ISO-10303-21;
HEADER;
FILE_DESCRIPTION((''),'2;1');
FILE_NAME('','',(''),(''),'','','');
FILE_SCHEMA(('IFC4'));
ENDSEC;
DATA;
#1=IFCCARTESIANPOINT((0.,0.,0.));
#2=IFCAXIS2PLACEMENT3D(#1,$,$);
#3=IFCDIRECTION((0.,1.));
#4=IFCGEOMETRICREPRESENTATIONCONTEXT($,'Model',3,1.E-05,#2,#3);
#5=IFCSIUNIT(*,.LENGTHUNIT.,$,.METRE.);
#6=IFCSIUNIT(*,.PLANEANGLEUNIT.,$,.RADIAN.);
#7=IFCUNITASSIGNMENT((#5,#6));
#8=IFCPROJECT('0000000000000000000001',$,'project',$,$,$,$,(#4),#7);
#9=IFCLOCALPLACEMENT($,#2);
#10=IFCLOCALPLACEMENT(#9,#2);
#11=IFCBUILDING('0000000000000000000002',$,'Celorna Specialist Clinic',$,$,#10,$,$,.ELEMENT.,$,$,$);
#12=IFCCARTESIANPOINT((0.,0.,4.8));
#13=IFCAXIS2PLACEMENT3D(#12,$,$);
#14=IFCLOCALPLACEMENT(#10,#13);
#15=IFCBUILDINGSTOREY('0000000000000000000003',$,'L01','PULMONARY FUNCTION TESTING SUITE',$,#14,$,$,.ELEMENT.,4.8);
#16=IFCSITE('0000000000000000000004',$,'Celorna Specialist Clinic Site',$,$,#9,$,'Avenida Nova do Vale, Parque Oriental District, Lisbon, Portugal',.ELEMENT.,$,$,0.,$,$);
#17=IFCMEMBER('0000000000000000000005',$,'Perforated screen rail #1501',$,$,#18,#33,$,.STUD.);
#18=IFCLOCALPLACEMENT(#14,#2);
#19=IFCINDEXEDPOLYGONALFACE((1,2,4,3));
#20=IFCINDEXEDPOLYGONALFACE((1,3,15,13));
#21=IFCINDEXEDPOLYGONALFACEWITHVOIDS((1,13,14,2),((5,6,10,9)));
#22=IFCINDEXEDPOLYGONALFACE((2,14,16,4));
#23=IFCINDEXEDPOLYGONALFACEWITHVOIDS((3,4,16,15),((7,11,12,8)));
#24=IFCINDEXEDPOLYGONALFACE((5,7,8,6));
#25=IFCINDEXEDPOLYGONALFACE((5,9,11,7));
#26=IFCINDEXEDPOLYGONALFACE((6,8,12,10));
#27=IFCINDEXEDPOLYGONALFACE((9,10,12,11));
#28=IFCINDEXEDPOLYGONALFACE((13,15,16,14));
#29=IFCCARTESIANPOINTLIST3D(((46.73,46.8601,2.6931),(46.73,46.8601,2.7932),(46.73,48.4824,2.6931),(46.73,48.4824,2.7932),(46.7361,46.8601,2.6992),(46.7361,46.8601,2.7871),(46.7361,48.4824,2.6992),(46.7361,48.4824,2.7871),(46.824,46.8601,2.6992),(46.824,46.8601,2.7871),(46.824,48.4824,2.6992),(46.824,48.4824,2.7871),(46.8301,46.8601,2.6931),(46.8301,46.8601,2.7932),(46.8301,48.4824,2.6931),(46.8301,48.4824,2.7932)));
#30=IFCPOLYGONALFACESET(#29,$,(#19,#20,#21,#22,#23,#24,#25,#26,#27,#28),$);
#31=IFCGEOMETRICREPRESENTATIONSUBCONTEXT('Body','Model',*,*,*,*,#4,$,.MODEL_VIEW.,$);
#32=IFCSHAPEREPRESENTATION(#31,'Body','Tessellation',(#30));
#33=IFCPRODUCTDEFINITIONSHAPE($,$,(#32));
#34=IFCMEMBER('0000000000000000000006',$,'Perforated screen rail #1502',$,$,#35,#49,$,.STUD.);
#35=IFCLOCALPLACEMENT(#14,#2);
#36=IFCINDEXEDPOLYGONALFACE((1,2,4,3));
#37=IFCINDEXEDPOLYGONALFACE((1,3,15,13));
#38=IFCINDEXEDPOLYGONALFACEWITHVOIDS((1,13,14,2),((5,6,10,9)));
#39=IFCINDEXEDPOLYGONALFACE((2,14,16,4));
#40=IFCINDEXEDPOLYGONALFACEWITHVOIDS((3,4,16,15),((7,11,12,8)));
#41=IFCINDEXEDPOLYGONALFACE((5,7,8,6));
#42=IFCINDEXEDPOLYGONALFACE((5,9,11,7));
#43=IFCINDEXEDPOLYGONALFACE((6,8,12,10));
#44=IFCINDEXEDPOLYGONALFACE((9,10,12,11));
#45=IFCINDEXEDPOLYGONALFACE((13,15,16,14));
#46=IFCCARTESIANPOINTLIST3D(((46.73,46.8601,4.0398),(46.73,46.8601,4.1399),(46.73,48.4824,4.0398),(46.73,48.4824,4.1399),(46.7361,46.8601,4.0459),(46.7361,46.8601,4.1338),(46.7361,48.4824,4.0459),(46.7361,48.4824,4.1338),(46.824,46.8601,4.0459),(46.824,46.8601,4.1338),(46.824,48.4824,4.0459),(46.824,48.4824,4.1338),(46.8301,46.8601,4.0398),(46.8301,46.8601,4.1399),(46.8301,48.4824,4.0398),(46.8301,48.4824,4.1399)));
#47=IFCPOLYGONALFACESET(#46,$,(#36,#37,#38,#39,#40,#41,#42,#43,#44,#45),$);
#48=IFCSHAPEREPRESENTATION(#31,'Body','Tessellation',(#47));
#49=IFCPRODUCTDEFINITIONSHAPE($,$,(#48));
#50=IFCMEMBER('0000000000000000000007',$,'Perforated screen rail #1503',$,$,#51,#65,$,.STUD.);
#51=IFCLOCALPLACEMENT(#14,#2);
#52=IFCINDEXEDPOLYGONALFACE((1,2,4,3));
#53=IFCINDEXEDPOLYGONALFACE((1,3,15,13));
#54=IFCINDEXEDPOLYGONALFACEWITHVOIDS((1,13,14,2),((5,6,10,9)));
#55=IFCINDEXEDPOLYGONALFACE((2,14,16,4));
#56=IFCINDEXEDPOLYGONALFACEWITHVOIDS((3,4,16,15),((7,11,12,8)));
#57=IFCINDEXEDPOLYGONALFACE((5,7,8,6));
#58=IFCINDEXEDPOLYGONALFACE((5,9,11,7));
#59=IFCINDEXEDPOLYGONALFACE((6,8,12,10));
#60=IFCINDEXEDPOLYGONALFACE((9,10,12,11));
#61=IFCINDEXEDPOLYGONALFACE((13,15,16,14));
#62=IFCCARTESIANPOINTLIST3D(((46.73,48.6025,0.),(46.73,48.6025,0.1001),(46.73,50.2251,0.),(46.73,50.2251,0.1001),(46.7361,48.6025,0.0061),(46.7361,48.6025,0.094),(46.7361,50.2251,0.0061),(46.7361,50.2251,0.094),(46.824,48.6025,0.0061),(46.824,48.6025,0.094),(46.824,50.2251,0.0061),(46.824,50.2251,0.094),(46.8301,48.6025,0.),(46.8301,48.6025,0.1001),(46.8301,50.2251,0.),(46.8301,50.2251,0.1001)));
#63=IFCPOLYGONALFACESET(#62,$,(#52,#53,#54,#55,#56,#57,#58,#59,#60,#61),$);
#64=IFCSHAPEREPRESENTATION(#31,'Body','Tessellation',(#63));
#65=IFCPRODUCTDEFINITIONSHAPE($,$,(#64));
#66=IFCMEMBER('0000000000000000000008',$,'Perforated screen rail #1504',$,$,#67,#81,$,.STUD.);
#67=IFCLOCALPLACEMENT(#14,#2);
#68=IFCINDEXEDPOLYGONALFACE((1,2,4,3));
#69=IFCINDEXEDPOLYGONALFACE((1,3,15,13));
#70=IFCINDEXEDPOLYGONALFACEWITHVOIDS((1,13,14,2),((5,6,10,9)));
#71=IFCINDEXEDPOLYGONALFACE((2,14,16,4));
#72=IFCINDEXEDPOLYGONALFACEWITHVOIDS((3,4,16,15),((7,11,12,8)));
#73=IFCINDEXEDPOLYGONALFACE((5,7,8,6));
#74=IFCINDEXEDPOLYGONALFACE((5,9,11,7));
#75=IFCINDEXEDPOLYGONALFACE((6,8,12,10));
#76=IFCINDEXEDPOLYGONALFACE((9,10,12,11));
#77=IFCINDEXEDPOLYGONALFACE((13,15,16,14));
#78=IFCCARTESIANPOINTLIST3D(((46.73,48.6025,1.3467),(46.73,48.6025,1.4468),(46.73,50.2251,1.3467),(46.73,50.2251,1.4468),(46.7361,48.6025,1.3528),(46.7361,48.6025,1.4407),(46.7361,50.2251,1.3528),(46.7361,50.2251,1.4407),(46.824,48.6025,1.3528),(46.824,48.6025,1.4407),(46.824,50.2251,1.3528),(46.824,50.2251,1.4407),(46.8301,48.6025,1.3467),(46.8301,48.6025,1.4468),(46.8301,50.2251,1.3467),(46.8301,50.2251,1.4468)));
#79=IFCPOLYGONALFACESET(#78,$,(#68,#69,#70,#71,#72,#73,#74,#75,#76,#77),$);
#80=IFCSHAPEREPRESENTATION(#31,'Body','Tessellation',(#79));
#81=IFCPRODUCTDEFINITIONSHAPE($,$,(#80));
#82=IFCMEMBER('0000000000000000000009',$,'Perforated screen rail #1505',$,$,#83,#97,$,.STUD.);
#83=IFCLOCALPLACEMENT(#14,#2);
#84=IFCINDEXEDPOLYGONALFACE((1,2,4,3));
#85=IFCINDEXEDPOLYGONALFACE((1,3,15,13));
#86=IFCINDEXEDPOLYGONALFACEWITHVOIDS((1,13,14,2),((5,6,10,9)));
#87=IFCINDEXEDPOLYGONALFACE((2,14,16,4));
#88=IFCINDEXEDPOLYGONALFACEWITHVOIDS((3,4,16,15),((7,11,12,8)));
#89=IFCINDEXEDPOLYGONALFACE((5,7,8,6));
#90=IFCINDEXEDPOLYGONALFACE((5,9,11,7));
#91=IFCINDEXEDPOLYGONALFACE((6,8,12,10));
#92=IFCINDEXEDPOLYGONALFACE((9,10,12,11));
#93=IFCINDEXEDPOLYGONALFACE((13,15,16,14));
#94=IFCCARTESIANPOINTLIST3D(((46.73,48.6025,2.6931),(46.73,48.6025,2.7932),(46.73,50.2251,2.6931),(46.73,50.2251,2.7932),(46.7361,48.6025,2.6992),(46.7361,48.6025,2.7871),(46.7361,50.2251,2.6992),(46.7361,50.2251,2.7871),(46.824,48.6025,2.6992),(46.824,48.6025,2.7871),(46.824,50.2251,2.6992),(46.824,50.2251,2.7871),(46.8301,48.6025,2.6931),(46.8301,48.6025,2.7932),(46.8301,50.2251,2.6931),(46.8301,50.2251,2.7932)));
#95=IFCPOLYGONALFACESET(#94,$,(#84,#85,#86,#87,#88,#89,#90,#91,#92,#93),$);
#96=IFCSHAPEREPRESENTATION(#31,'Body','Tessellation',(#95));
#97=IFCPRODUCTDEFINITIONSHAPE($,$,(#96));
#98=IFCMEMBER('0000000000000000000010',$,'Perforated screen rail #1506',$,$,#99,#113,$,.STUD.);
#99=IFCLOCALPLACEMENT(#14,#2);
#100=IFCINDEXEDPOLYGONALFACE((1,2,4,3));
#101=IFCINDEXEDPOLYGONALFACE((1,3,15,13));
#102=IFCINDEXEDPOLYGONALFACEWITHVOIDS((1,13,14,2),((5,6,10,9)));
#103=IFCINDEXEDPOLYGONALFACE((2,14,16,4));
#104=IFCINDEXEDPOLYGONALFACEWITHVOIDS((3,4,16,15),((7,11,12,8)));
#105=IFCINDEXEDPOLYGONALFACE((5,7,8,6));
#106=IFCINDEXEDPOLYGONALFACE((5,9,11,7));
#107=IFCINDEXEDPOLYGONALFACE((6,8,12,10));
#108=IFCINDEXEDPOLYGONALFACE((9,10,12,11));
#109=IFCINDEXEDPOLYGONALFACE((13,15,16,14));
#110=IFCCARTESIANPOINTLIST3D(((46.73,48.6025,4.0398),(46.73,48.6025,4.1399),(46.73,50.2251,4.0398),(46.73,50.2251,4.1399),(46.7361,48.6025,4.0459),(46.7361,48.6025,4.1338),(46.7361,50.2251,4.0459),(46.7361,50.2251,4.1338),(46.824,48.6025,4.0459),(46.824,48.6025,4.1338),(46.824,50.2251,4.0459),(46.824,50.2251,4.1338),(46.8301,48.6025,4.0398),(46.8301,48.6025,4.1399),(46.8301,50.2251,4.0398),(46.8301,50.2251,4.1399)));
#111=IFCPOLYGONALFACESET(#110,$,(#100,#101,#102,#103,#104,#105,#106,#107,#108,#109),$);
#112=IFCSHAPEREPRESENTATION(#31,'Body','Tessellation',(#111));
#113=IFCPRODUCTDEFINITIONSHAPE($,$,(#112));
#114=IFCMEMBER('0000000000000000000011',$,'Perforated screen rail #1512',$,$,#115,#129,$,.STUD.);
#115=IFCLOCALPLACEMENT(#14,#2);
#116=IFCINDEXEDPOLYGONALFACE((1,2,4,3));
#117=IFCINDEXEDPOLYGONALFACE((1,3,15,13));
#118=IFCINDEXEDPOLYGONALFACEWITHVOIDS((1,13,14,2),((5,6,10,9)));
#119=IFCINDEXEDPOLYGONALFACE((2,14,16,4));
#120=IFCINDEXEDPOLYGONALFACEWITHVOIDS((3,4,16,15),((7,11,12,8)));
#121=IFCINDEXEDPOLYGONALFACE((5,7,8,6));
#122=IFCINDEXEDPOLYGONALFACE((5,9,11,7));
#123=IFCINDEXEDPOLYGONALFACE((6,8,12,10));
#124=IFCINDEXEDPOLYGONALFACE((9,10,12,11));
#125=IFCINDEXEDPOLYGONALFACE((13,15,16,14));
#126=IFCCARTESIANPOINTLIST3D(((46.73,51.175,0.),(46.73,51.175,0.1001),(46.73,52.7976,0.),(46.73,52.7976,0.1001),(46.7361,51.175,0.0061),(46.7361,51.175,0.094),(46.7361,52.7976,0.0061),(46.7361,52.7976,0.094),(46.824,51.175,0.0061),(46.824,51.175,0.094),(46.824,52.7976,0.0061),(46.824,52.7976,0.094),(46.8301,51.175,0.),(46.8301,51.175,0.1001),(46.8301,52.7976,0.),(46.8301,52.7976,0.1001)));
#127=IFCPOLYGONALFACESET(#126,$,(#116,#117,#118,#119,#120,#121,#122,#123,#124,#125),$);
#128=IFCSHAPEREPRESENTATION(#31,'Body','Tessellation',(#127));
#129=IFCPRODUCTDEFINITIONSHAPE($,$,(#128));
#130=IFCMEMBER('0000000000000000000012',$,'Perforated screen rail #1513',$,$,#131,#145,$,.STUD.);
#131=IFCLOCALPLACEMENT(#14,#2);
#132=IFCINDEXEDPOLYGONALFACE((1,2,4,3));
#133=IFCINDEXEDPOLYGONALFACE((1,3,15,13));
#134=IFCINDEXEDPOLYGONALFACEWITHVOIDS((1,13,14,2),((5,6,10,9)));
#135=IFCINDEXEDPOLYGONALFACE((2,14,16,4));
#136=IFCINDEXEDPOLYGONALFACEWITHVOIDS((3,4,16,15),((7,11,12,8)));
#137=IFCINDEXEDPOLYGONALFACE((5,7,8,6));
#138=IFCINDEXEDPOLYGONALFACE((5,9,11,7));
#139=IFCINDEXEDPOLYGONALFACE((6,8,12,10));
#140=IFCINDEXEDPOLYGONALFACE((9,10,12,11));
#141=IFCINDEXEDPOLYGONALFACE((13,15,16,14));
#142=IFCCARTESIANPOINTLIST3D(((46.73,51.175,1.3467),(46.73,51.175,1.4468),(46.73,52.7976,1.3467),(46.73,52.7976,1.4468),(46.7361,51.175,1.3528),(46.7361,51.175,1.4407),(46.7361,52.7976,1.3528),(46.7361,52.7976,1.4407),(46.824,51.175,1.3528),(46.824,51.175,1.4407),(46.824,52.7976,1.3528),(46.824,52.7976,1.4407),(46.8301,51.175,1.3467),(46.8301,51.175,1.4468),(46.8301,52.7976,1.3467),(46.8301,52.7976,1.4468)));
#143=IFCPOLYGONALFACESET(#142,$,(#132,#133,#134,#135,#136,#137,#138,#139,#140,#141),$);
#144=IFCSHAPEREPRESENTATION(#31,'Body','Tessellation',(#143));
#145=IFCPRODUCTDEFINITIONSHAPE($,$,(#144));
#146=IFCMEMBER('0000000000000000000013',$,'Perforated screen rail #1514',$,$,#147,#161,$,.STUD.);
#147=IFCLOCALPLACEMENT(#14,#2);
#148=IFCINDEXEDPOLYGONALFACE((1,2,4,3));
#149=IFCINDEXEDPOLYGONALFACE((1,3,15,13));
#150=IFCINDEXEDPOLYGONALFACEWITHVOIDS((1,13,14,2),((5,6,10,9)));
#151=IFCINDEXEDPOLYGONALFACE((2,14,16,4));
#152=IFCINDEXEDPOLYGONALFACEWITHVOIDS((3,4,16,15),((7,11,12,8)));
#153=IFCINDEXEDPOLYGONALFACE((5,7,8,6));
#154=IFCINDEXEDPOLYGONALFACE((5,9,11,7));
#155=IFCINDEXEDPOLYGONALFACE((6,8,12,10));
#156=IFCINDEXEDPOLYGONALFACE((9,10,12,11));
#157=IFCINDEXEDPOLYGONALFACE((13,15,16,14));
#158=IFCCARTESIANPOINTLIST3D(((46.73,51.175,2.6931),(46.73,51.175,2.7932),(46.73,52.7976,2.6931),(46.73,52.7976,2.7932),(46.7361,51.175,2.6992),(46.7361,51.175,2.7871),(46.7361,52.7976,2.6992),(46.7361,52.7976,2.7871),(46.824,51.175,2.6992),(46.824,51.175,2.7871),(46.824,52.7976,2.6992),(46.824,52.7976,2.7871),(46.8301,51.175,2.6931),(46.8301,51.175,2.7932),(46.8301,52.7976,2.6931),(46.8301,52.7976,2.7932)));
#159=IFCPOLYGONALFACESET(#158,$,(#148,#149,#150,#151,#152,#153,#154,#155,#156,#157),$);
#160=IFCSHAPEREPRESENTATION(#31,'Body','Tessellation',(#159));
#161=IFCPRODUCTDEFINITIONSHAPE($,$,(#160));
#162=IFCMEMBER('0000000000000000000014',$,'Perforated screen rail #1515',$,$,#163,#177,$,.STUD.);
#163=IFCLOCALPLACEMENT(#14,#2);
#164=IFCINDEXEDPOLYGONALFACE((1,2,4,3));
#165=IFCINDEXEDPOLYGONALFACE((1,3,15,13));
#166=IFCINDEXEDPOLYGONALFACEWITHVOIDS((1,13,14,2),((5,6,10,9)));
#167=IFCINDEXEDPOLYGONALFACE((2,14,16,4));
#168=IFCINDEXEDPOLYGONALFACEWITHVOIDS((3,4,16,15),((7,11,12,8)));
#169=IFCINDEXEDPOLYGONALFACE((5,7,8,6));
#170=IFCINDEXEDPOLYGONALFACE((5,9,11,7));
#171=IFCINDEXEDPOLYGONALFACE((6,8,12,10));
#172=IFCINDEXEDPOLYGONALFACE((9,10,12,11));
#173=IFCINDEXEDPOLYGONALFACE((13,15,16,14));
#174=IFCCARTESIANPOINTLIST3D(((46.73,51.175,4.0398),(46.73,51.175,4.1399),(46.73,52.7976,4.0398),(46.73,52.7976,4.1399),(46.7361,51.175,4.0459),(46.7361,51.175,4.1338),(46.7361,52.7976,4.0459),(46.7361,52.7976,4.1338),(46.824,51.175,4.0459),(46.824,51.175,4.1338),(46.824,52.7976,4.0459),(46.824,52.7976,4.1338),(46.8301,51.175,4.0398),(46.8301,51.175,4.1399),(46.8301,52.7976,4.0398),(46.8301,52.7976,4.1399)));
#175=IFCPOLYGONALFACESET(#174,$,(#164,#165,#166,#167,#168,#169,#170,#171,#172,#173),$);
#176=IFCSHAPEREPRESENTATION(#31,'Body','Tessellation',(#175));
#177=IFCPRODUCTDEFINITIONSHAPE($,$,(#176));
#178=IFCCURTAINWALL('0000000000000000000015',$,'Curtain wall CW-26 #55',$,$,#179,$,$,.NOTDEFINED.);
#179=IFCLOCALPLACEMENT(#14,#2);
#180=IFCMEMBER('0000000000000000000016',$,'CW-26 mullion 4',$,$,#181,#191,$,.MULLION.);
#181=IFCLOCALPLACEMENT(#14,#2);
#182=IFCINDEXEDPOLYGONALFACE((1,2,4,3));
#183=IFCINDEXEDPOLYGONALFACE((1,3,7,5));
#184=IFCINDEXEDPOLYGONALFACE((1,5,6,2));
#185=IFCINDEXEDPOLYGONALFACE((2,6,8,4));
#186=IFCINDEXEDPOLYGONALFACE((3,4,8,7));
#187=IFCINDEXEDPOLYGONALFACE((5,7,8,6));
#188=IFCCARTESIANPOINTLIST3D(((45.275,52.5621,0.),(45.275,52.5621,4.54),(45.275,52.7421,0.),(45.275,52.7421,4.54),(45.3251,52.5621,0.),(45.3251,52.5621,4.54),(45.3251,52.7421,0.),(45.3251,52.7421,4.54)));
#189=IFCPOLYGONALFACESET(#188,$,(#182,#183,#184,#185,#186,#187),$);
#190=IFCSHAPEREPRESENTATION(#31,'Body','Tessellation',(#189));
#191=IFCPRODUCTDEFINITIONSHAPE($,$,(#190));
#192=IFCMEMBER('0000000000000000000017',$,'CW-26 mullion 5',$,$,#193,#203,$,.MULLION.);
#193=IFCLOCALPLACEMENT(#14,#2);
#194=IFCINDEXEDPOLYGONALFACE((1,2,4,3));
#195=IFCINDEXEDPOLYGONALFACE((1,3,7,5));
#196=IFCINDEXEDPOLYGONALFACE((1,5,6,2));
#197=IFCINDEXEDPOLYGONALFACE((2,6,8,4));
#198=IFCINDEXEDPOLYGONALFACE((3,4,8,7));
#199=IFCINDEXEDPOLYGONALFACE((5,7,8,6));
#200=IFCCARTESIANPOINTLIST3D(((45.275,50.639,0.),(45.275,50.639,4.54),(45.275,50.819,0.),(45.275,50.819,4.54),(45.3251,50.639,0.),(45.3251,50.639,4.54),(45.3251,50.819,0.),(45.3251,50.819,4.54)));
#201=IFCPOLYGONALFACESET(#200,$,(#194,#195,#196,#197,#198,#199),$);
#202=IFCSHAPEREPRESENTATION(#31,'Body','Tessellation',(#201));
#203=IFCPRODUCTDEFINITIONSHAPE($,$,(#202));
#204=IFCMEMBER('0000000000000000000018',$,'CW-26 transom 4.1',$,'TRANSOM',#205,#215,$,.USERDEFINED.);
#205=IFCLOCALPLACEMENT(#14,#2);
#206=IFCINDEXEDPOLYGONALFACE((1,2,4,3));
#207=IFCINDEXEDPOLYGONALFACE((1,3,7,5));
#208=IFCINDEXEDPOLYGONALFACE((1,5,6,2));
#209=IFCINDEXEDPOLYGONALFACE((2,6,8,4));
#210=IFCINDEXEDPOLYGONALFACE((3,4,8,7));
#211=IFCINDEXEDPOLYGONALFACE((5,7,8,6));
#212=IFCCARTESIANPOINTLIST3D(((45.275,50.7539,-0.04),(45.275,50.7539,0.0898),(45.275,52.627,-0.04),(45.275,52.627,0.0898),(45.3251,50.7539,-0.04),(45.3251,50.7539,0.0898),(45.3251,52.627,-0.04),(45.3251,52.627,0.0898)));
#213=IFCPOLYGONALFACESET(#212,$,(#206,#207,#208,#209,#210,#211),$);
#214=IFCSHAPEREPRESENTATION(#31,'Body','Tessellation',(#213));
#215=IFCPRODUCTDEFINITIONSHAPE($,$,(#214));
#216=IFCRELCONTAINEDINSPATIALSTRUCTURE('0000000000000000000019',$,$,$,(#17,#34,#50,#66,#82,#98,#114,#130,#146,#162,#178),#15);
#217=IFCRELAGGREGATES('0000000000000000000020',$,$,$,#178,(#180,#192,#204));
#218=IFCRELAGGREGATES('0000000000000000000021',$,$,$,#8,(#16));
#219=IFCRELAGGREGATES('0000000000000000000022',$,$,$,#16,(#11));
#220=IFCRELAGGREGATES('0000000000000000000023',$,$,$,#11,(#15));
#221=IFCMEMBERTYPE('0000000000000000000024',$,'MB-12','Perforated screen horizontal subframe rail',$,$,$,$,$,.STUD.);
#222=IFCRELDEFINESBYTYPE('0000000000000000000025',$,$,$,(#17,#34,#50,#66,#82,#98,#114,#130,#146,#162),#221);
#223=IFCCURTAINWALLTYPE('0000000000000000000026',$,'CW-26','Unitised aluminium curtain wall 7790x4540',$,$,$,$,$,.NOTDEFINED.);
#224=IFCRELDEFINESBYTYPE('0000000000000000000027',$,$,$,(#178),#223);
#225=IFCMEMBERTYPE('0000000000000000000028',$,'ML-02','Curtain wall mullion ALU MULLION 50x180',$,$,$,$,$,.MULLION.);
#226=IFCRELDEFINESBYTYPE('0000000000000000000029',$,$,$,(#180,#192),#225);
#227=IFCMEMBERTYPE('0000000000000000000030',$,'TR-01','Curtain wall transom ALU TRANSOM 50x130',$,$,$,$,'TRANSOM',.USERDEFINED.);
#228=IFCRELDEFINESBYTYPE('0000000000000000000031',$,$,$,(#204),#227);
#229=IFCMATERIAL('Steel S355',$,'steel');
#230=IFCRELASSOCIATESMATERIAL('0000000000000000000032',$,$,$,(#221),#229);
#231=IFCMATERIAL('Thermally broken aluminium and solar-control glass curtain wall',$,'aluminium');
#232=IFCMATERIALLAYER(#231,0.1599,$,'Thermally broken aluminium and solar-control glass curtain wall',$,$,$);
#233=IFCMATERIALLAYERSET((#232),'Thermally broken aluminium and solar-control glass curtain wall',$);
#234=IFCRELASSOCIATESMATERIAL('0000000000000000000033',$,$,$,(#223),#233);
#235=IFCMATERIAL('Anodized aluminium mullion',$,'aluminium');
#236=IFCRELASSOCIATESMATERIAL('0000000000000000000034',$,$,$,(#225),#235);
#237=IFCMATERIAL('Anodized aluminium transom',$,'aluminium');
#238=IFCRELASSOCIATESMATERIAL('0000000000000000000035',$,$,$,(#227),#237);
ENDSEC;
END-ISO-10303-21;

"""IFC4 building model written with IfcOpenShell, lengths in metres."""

from ifc_helpers import new_model, si_unit, direction, frame, origin, origin_2d, place, context, subcontext, project, spatial, rectangle, hollow_rectangle, extrude, material, layer, layer_set, material_profile, profile_set, type_object, element, aggregate, save


model = new_model("IFC4")

# Units and contexts
model_context = context("Model", 3, precision=1e-05, world=origin(), true_north=direction((0.0, 1.0)))
body_context = subcontext(model_context, "Body", "Model", "MODEL_VIEW")
ifc_project = project(units=[si_unit("LENGTHUNIT", "METRE"), si_unit("PLANEANGLEUNIT", "RADIAN")], contexts=[model_context])

# Site, building, storey
site_placement = place(None, origin())
site = spatial("IfcSite", under=ifc_project, at=site_placement, Name="Celorna Specialist Clinic Site", LongName="Avenida Nova do Vale, Parque Oriental District, Lisbon, Portugal", CompositionType="ELEMENT", RefElevation=0.0)
building_placement = place(site_placement, origin())
building = spatial("IfcBuilding", under=site, at=building_placement, Name="Celorna Specialist Clinic", CompositionType="ELEMENT")
storey_placement = place(building_placement, frame((0.0, 0.0, 4.8)))
storey = spatial("IfcBuildingStorey", under=building, at=storey_placement, Name="L01", Description="PULMONARY FUNCTION TESTING SUITE", CompositionType="ELEMENT", Elevation=4.8)

# Members
ifc_material_1 = material(Name="Steel S355", Category="steel")
ifc_material_profile_1 = material_profile(ifc_material_1, hollow_rectangle(XDim=0.1001, YDim=0.1001, WallThickness=0.0061, at=origin_2d()), Name="SHS 100x100x6")
ifc_profile_set_1 = profile_set([ifc_material_profile_1], Name="Steel S355")
member_type_1 = type_object("IfcMemberType", Name="MB-12", Description="Perforated screen horizontal subframe rail", PredefinedType="STUD", material=ifc_profile_set_1)
for number, where, z_axis, x_axis, name in (
    (1, (46.78, 46.8601, 2.7432), (0.0, 1.0, 0.0), (-1.0, 0.0, 0.0), "Perforated screen rail #1501"),
    (2, (46.78, 46.8601, 4.0898), (0.0, 1.0, 0.0), (-1.0, 0.0, 0.0), "Perforated screen rail #1502"),
):
    element("IfcMember", number, at=place(storey_placement, frame(where, z_axis=z_axis, x_axis=x_axis)), inside=storey, type_object=member_type_1, Name=name, PredefinedType="STUD", context=body_context, shape_type="SweptSolid", body=[
        extrude(hollow_rectangle(XDim=0.1001, YDim=0.1001, WallThickness=0.0061, at=origin_2d()), origin(), (0.0, 0.0, 1.0), 1.6223),
    ])
for number, where, z_axis, x_axis, name in (
    (3, (46.78, 48.6025, 0.05), (0.0, 1.0, 0.0), (-1.0, 0.0, 0.0), "Perforated screen rail #1503"),
    (4, (46.78, 48.6025, 1.3967), (0.0, 1.0, 0.0), (-1.0, 0.0, 0.0), "Perforated screen rail #1504"),
    (5, (46.78, 48.6025, 2.7432), (0.0, 1.0, 0.0), (-1.0, 0.0, 0.0), "Perforated screen rail #1505"),
    (6, (46.78, 48.6025, 4.0898), (0.0, 1.0, 0.0), (-1.0, 0.0, 0.0), "Perforated screen rail #1506"),
    (7, (46.78, 51.175, 0.05), (0.0, 1.0, 0.0), (-1.0, 0.0, 0.0), "Perforated screen rail #1512"),
    (8, (46.78, 51.175, 1.3967), (0.0, 1.0, 0.0), (-1.0, 0.0, 0.0), "Perforated screen rail #1513"),
    (9, (46.78, 51.175, 2.7432), (0.0, 1.0, 0.0), (-1.0, 0.0, 0.0), "Perforated screen rail #1514"),
    (10, (46.78, 51.175, 4.0898), (0.0, 1.0, 0.0), (-1.0, 0.0, 0.0), "Perforated screen rail #1515"),
):
    element("IfcMember", number, at=place(storey_placement, frame(where, z_axis=z_axis, x_axis=x_axis)), inside=storey, type_object=member_type_1, Name=name, PredefinedType="STUD", context=body_context, shape_type="SweptSolid", body=[
        extrude(hollow_rectangle(XDim=0.1001, YDim=0.1001, WallThickness=0.0061, at=origin_2d()), origin(), (0.0, 0.0, 1.0), 1.6226),
    ])

# Curtain wall, members
ifc_material_2 = material(Name="Thermally broken aluminium and solar-control glass curtain wall", Category="aluminium")
ifc_layer_1 = layer(ifc_material_2, 0.1599, Name="Thermally broken aluminium and solar-control glass curtain wall")
ifc_layer_set_1 = layer_set([ifc_layer_1], Name="Thermally broken aluminium and solar-control glass curtain wall")
curtain_wall_type = type_object("IfcCurtainWallType", Name="CW-26", Description="Unitised aluminium curtain wall 7790x4540", PredefinedType="NOTDEFINED", material=ifc_layer_set_1)
curtain_wall_placement = place(storey_placement, origin())
curtain_wall = element("IfcCurtainWall", 11, at=curtain_wall_placement, inside=storey, type_object=curtain_wall_type, Name="Curtain wall CW-26 #55", PredefinedType="NOTDEFINED")
ifc_material_3 = material(Name="Anodized aluminium mullion", Category="aluminium")
ifc_material_profile_2 = material_profile(ifc_material_3, rectangle(XDim=0.05, YDim=0.1799, at=origin_2d()), Name="ALU MULLION 50x180")
ifc_profile_set_2 = profile_set([ifc_material_profile_2], Name="Anodized aluminium mullion")
member_type_2 = type_object("IfcMemberType", Name="ML-02", Description="Curtain wall mullion ALU MULLION 50x180", PredefinedType="MULLION", material=ifc_profile_set_2)
member_1_placement = place(storey_placement, frame((45.3, 52.6521, 0.0), z_axis=(0.0, 0.0, 1.0), x_axis=(1.0, 0.0, 0.0)))
member_1 = element("IfcMember", 12, at=member_1_placement, type_object=member_type_2, Name="CW-26 mullion 4", PredefinedType="MULLION", context=body_context, shape_type="SweptSolid", body=[
    extrude(rectangle(XDim=0.05, YDim=0.1799, at=origin_2d()), origin(), (0.0, 0.0, 1.0), 4.54),
])
member_2_placement = place(storey_placement, frame((45.3, 50.729, 0.0), z_axis=(0.0, 0.0, 1.0), x_axis=(1.0, 0.0, 0.0)))
member_2 = element("IfcMember", 13, at=member_2_placement, type_object=member_type_2, Name="CW-26 mullion 5", PredefinedType="MULLION", context=body_context, shape_type="SweptSolid", body=[
    extrude(rectangle(XDim=0.05, YDim=0.1799, at=origin_2d()), origin(), (0.0, 0.0, 1.0), 4.54),
])
ifc_material_4 = material(Name="Anodized aluminium transom", Category="aluminium")
ifc_material_profile_3 = material_profile(ifc_material_4, rectangle(XDim=0.05, YDim=0.1299, at=origin_2d()), Name="ALU TRANSOM 50x130")
ifc_profile_set_3 = profile_set([ifc_material_profile_3], Name="Anodized aluminium transom")
member_type_3 = type_object("IfcMemberType", Name="TR-01", Description="Curtain wall transom ALU TRANSOM 50x130", ElementType="TRANSOM", PredefinedType="USERDEFINED", material=ifc_profile_set_3)
member_3_placement = place(storey_placement, frame((45.3, 52.627, 0.0249), z_axis=(0.0, -1.0, 0.0), x_axis=(1.0, 0.0, 0.0)))
member_3 = element("IfcMember", 14, at=member_3_placement, type_object=member_type_3, Name="CW-26 transom 4.1", ObjectType="TRANSOM", PredefinedType="USERDEFINED", context=body_context, shape_type="SweptSolid", body=[
    extrude(rectangle(XDim=0.05, YDim=0.1299, at=origin_2d()), origin(), (0.0, 0.0, 1.0), 1.873),
])
aggregate(curtain_wall, [member_1, member_2, member_3])

save(model, "model.ifc")
